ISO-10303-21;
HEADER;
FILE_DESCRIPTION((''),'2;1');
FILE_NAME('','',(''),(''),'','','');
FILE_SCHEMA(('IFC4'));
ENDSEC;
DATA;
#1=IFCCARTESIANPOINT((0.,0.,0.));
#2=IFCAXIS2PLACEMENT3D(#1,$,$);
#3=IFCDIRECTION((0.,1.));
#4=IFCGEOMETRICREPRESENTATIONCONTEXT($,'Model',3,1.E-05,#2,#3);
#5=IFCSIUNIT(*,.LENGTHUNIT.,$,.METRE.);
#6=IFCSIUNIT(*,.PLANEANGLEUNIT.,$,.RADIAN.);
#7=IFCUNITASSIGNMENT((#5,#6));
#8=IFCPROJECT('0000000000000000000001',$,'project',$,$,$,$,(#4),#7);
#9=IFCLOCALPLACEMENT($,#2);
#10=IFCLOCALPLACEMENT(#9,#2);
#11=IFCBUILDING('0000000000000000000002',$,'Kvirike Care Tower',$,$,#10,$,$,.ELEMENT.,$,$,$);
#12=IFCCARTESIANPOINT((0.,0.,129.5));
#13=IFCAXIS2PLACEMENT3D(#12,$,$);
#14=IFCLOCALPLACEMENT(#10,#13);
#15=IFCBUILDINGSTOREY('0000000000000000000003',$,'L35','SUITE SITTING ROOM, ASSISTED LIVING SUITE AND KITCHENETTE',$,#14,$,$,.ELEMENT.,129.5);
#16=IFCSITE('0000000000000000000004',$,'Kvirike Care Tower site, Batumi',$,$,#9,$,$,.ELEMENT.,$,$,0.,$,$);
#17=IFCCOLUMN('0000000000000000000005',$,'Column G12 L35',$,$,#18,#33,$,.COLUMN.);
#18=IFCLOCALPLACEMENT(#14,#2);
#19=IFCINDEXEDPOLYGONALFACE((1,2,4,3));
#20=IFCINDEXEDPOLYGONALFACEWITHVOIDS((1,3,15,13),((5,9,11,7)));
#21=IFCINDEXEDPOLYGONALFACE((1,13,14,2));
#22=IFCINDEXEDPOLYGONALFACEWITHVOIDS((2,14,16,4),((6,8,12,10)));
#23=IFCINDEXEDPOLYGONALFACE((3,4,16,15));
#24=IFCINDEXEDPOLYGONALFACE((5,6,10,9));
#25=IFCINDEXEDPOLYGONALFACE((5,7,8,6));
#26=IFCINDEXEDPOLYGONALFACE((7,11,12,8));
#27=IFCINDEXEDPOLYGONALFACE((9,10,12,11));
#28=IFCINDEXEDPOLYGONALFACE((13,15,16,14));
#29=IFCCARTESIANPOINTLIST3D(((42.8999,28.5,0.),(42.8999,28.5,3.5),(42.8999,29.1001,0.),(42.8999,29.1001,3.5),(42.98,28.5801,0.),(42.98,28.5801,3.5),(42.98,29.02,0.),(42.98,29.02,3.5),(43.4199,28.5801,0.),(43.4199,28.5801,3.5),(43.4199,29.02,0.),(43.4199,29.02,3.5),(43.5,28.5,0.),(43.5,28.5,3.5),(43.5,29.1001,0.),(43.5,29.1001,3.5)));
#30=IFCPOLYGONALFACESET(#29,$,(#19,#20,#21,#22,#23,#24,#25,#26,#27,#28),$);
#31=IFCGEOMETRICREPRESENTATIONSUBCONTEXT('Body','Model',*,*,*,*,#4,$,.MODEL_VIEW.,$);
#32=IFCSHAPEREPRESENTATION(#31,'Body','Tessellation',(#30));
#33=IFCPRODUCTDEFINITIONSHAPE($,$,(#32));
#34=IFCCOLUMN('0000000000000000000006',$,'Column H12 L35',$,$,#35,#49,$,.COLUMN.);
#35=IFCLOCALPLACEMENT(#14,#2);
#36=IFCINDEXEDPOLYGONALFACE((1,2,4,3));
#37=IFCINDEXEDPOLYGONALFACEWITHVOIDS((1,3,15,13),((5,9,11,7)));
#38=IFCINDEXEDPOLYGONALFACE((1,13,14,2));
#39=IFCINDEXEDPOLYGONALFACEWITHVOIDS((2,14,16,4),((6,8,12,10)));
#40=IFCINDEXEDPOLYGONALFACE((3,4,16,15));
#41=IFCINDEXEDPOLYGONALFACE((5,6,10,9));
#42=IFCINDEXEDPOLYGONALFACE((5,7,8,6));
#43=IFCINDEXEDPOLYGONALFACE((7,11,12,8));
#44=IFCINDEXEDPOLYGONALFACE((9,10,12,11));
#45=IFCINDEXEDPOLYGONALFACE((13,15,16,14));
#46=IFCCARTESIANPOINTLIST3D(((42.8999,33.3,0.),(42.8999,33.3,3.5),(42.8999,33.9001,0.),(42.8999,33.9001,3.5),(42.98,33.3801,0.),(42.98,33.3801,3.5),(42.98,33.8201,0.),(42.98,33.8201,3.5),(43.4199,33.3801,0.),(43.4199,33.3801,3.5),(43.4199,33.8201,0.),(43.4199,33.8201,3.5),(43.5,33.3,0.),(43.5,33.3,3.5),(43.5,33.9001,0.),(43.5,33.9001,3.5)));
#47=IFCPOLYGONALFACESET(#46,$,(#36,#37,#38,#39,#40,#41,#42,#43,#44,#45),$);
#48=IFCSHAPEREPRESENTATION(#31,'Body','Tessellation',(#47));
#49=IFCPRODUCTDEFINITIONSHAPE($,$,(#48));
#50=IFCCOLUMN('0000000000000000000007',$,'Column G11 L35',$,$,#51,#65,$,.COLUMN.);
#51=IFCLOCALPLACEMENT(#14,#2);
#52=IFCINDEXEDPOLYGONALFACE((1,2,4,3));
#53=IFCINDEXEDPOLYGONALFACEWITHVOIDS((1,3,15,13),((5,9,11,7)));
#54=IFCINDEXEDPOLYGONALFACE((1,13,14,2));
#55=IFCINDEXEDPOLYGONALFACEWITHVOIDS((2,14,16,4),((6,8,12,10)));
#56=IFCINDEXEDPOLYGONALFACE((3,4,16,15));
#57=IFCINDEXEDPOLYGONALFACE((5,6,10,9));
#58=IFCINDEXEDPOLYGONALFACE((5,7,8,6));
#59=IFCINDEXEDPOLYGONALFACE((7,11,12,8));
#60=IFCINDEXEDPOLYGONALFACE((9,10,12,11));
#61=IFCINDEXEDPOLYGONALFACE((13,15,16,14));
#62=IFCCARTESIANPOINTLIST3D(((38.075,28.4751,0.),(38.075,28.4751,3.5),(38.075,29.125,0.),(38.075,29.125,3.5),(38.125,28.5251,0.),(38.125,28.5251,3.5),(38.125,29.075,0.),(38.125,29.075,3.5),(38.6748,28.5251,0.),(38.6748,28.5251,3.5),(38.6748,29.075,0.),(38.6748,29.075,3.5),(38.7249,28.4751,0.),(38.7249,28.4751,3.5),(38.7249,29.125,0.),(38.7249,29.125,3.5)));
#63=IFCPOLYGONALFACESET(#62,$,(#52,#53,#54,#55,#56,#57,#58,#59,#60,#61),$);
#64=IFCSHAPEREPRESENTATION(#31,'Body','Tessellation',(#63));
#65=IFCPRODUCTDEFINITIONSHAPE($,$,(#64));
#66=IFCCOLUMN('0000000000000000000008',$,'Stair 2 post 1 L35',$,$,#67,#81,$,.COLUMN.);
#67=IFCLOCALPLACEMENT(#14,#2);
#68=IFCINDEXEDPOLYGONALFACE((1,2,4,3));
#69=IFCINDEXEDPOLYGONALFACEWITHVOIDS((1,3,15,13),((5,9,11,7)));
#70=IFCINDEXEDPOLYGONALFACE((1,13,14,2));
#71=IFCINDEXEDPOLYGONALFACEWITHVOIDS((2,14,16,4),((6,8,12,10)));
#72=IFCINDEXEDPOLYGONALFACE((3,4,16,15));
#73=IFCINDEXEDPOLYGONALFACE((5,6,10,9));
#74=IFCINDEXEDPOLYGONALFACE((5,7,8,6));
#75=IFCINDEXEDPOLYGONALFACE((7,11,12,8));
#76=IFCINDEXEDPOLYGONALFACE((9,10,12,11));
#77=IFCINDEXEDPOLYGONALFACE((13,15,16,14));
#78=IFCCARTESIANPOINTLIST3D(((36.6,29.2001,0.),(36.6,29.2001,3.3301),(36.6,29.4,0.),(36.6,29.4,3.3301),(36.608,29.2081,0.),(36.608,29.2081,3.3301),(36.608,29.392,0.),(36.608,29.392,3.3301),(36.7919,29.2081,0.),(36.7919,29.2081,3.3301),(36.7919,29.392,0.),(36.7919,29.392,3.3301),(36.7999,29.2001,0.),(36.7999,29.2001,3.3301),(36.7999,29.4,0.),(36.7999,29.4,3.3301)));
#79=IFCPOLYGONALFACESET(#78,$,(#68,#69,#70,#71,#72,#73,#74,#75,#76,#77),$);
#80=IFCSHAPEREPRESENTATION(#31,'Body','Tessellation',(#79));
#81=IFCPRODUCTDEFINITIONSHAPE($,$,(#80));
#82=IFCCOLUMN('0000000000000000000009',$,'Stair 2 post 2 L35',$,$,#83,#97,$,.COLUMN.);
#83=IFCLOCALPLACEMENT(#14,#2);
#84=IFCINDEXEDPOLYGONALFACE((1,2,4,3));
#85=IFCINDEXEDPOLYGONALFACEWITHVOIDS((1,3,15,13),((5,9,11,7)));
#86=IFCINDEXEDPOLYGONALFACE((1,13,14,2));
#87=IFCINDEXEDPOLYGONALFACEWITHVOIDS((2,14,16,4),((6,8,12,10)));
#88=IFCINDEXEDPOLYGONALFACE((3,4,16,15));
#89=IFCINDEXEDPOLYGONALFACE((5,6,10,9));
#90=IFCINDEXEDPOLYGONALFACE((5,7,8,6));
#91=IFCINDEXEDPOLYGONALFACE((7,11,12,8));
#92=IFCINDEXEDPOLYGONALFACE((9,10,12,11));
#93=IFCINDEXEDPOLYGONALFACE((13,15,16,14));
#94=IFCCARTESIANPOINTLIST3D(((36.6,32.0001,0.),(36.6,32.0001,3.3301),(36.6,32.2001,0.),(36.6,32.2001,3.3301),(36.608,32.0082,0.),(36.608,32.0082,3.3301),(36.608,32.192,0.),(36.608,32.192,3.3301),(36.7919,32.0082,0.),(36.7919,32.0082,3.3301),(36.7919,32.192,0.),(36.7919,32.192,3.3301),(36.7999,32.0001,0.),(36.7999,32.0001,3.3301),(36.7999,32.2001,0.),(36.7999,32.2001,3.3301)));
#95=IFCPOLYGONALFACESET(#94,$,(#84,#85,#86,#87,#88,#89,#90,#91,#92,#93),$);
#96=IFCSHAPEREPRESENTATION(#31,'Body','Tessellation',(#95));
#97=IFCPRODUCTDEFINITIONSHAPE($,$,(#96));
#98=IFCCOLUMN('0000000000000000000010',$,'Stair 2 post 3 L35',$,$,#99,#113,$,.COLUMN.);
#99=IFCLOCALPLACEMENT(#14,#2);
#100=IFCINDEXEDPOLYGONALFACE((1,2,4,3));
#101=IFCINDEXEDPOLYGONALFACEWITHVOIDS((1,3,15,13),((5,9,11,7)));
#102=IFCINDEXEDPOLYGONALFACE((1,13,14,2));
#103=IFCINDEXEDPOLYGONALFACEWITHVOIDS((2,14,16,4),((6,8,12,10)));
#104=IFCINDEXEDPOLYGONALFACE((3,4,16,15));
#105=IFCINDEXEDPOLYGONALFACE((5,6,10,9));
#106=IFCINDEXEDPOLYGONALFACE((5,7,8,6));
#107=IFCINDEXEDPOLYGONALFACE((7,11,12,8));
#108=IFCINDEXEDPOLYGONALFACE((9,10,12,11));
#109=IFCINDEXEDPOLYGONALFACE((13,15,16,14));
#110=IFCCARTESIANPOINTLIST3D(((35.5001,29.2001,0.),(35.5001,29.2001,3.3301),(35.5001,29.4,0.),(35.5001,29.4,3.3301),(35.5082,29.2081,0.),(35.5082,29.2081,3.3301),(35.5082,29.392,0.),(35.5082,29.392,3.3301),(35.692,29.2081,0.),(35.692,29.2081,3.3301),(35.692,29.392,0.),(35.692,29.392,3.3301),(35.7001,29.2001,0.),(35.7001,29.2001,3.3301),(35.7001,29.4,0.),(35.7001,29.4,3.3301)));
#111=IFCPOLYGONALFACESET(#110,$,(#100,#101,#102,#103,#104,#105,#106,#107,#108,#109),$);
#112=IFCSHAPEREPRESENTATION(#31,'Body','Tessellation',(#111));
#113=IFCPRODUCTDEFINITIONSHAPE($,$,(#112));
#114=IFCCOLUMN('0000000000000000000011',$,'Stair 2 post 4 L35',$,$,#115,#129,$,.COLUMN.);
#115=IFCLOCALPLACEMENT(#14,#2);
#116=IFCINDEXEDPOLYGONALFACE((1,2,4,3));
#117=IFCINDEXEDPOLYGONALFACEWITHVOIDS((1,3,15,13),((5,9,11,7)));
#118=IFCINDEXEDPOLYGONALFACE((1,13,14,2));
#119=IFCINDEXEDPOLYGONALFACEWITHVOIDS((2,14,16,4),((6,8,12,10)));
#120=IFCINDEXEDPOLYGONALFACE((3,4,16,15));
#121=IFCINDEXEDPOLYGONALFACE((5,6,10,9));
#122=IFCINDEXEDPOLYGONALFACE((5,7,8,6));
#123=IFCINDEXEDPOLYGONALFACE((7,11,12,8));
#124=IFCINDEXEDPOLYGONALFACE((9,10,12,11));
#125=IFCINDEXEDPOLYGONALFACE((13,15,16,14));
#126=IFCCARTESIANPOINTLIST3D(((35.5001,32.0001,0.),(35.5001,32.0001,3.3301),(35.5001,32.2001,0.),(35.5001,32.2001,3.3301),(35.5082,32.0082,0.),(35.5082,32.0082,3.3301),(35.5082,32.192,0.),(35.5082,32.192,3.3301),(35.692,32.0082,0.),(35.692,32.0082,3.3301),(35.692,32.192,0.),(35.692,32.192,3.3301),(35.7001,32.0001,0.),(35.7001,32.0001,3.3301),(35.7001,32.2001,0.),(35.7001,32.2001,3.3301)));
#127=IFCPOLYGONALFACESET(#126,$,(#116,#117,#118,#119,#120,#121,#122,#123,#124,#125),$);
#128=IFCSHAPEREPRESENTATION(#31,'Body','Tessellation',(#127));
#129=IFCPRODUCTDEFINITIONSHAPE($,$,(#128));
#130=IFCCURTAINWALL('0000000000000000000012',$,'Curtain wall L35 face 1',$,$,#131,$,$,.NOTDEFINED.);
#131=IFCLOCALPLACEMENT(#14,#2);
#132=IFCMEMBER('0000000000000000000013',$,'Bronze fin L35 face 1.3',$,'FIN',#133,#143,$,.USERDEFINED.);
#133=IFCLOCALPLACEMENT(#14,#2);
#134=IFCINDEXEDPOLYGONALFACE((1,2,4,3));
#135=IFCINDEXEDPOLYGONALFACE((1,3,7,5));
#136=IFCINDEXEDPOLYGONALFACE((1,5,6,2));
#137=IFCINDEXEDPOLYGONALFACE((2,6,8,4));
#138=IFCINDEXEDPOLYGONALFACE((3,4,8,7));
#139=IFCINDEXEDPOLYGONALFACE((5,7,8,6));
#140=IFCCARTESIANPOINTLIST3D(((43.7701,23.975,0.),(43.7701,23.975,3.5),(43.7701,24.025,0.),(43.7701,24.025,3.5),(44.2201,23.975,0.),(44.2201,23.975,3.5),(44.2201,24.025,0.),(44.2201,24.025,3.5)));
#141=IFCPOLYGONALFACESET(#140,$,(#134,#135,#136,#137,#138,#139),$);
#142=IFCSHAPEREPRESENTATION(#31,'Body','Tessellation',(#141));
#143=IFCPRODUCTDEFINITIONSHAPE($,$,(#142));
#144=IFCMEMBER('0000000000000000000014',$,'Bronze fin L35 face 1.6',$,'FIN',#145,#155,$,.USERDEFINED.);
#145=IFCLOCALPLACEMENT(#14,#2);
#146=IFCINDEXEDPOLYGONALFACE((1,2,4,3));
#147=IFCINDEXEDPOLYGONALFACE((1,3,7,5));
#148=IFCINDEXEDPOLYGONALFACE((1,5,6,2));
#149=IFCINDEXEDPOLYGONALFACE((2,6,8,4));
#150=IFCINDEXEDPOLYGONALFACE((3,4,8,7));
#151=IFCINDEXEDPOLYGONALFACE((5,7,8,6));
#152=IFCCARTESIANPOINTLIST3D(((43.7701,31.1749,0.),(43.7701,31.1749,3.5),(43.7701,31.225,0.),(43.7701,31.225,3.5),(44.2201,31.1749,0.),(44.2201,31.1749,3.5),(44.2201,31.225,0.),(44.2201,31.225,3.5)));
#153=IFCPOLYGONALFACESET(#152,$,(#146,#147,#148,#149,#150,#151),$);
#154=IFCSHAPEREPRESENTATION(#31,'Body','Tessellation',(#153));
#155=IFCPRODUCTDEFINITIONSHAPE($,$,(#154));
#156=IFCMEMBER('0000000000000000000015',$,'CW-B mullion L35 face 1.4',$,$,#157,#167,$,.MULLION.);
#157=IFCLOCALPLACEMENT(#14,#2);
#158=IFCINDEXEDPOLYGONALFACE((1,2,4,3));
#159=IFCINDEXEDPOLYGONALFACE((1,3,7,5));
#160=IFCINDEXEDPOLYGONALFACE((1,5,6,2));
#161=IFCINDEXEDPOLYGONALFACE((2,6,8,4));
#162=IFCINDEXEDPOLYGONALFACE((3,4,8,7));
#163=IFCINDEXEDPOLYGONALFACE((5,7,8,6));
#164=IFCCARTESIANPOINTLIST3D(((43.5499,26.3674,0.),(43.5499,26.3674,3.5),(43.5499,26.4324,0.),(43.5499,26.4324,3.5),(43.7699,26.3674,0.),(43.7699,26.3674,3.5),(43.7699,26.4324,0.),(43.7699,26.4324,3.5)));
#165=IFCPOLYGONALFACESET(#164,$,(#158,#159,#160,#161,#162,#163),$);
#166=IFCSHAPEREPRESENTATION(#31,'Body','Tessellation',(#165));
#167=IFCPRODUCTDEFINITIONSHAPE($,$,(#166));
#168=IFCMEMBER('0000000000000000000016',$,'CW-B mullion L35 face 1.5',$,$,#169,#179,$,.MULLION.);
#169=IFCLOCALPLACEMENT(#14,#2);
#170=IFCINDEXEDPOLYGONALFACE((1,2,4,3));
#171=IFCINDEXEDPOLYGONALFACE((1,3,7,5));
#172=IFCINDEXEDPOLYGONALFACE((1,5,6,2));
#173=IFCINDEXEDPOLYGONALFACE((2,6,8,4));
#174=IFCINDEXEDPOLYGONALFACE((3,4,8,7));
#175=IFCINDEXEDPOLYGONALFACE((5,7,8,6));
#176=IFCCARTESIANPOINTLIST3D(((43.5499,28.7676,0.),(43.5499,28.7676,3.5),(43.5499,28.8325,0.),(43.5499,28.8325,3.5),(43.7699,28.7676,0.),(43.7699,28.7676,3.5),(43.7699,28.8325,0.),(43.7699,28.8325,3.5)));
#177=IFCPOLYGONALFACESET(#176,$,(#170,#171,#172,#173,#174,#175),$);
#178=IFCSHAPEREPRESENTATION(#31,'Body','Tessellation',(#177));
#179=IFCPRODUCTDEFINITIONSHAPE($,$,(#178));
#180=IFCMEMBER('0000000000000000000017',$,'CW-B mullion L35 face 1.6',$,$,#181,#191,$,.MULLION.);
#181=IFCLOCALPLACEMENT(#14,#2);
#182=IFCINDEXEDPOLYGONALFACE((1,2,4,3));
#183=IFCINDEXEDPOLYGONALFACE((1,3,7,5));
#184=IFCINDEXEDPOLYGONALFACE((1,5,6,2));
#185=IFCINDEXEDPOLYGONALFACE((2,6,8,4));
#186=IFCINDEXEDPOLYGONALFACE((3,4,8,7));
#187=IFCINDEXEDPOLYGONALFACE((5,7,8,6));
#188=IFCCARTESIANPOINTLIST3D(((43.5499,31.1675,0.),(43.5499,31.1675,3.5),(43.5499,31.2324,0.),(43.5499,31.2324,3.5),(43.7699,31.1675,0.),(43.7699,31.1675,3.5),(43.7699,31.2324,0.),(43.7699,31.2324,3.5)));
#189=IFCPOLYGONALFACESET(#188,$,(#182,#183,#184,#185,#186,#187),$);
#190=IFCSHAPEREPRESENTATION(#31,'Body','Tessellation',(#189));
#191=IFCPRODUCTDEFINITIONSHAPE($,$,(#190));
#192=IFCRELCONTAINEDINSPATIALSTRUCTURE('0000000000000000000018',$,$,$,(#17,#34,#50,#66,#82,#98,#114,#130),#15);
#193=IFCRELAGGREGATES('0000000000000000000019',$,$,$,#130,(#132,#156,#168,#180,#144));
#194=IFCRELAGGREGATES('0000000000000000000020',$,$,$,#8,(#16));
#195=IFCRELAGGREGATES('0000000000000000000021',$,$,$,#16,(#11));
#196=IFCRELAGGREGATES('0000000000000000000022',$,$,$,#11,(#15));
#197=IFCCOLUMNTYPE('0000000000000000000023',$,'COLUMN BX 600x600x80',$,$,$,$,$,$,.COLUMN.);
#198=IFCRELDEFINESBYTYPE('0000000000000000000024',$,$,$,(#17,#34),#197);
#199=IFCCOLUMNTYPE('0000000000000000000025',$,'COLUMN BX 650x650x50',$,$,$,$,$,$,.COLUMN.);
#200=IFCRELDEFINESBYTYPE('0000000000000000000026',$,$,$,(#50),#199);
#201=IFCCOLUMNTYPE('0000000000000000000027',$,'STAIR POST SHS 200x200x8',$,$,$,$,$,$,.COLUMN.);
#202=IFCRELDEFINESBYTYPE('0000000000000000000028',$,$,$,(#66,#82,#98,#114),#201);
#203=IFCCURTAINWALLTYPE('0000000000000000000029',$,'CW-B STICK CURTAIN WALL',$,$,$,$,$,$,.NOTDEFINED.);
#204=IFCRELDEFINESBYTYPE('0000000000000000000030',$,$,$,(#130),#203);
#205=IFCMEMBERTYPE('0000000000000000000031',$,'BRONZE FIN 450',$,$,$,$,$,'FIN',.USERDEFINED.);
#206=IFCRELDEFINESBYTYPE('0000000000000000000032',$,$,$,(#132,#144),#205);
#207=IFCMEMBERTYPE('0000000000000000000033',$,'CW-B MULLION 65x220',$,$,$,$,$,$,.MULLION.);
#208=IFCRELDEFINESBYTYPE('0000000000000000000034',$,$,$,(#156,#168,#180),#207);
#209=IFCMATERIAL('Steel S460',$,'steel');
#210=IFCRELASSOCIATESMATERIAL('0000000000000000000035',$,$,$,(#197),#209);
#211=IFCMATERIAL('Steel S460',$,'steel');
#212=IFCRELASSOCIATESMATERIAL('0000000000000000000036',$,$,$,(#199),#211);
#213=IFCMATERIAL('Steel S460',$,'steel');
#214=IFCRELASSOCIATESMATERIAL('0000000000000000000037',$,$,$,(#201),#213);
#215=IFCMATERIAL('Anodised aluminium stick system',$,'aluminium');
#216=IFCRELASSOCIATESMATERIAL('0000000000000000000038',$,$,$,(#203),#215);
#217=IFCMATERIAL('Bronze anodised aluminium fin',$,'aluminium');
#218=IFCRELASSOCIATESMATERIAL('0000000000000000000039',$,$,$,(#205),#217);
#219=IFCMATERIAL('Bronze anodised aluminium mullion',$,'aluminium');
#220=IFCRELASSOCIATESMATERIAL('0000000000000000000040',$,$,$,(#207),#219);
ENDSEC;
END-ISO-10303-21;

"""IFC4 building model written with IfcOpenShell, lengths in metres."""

from ifc_helpers import new_model, si_unit, direction, frame, origin, origin_2d, place, context, subcontext, project, spatial, rectangle, hollow_rectangle, extrude, material, material_profile, profile_set, type_object, element, aggregate, save


model = new_model("IFC4")

# Units and contexts
model_context = context("Model", 3, precision=1e-05, world=origin(), true_north=direction((0.0, 1.0)))
body_context = subcontext(model_context, "Body", "Model", "MODEL_VIEW")
ifc_project = project(units=[si_unit("LENGTHUNIT", "METRE"), si_unit("PLANEANGLEUNIT", "RADIAN")], contexts=[model_context])

# Site, building, storey
site_placement = place(None, origin())
site = spatial("IfcSite", under=ifc_project, at=site_placement, Name="Kvirike Care Tower site, Batumi", CompositionType="ELEMENT", RefElevation=0.0)
building_placement = place(site_placement, origin())
building = spatial("IfcBuilding", under=site, at=building_placement, Name="Kvirike Care Tower", CompositionType="ELEMENT")
storey_placement = place(building_placement, frame((0.0, 0.0, 129.5)))
storey = spatial("IfcBuildingStorey", under=building, at=storey_placement, Name="L35", Description="SUITE SITTING ROOM, ASSISTED LIVING SUITE AND KITCHENETTE", CompositionType="ELEMENT", Elevation=129.5)

# Columns
ifc_material_1 = material(Name="Steel S460", Category="steel")
ifc_material_profile_1 = material_profile(ifc_material_1, hollow_rectangle(XDim=0.6001, YDim=0.6001, WallThickness=0.0801, at=origin_2d()), Name="BX 600x600x80")
ifc_profile_set_1 = profile_set([ifc_material_profile_1], Name="Steel S460")
column_type_1 = type_object("IfcColumnType", Name="COLUMN BX 600x600x80", PredefinedType="COLUMN", material=ifc_profile_set_1)
for number, where, z_axis, x_axis, name in (
    (1, (43.2, 28.8, 0.0), (0.0, 0.0, 1.0), (0.0, 1.0, 0.0), "Column G12 L35"),
    (2, (43.2, 33.6001, 0.0), (0.0, 0.0, 1.0), (1.0, 0.0, 0.0), "Column H12 L35"),
):
    element("IfcColumn", number, at=place(storey_placement, frame(where, z_axis=z_axis, x_axis=x_axis)), inside=storey, type_object=column_type_1, Name=name, PredefinedType="COLUMN", context=body_context, shape_type="SweptSolid", body=[
        extrude(hollow_rectangle(XDim=0.6001, YDim=0.6001, WallThickness=0.0801, at=origin_2d()), origin(), (0.0, 0.0, 1.0), 3.5),
    ])
ifc_material_2 = material(Name="Steel S460", Category="steel")
ifc_material_profile_2 = material_profile(ifc_material_2, hollow_rectangle(XDim=0.6499, YDim=0.6499, WallThickness=0.05, at=origin_2d()), Name="BX 650x650x50")
ifc_profile_set_2 = profile_set([ifc_material_profile_2], Name="Steel S460")
column_type_2 = type_object("IfcColumnType", Name="COLUMN BX 650x650x50", PredefinedType="COLUMN", material=ifc_profile_set_2)
column_placement = place(storey_placement, frame((38.3999, 28.8, 0.0), z_axis=(0.0, 0.0, 1.0), x_axis=(0.0, 1.0, 0.0)))
element("IfcColumn", 3, at=column_placement, inside=storey, type_object=column_type_2, Name="Column G11 L35", PredefinedType="COLUMN", context=body_context, shape_type="SweptSolid", body=[
    extrude(hollow_rectangle(XDim=0.6499, YDim=0.6499, WallThickness=0.05, at=origin_2d()), origin(), (0.0, 0.0, 1.0), 3.5),
])
ifc_material_3 = material(Name="Steel S460", Category="steel")
ifc_material_profile_3 = material_profile(ifc_material_3, hollow_rectangle(XDim=0.2, YDim=0.2, WallThickness=0.0081, at=origin_2d()), Name="SHS 200x200x8")
ifc_profile_set_3 = profile_set([ifc_material_profile_3], Name="Steel S460")
column_type_3 = type_object("IfcColumnType", Name="STAIR POST SHS 200x200x8", PredefinedType="COLUMN", material=ifc_profile_set_3)
for number, where, z_axis, x_axis, name in (
    (4, (36.7, 29.3, 0.0), (0.0, 0.0, 1.0), (1.0, 0.0, 0.0), "Stair 2 post 1 L35"),
    (5, (36.7, 32.1001, 0.0), (0.0, 0.0, 1.0), (1.0, 0.0, 0.0), "Stair 2 post 2 L35"),
    (6, (35.6001, 29.3, 0.0), (0.0, 0.0, 1.0), (1.0, 0.0, 0.0), "Stair 2 post 3 L35"),
    (7, (35.6001, 32.1001, 0.0), (0.0, 0.0, 1.0), (1.0, 0.0, 0.0), "Stair 2 post 4 L35"),
):
    element("IfcColumn", number, at=place(storey_placement, frame(where, z_axis=z_axis, x_axis=x_axis)), inside=storey, type_object=column_type_3, Name=name, PredefinedType="COLUMN", context=body_context, shape_type="SweptSolid", body=[
        extrude(hollow_rectangle(XDim=0.2, YDim=0.2, WallThickness=0.0081, at=origin_2d()), origin(), (0.0, 0.0, 1.0), 3.3301),
    ])

# Curtain wall, members
ifc_material_4 = material(Name="Anodised aluminium stick system", Category="aluminium")
curtain_wall_type = type_object("IfcCurtainWallType", Name="CW-B STICK CURTAIN WALL", PredefinedType="NOTDEFINED", material=ifc_material_4)
curtain_wall_placement = place(storey_placement, origin())
curtain_wall = element("IfcCurtainWall", 8, at=curtain_wall_placement, inside=storey, type_object=curtain_wall_type, Name="Curtain wall L35 face 1", PredefinedType="NOTDEFINED")
ifc_material_5 = material(Name="Bronze anodised aluminium fin", Category="aluminium")
ifc_material_profile_4 = material_profile(ifc_material_5, rectangle(XDim=0.05, YDim=0.45, at=origin_2d()), Name="BRONZE FIN 450")
ifc_profile_set_4 = profile_set([ifc_material_profile_4], Name="Bronze anodised aluminium fin")
member_type_1 = type_object("IfcMemberType", Name="BRONZE FIN 450", ElementType="FIN", PredefinedType="USERDEFINED", material=ifc_profile_set_4)
member_1_placement = place(storey_placement, frame((43.9951, 24.0, 0.0), z_axis=(0.0, 0.0, 1.0), x_axis=(0.0, 1.0, 0.0)))
member_1 = element("IfcMember", 9, at=member_1_placement, type_object=member_type_1, Name="Bronze fin L35 face 1.3", ObjectType="FIN", PredefinedType="USERDEFINED", context=body_context, shape_type="SweptSolid", body=[
    extrude(rectangle(XDim=0.05, YDim=0.45, at=origin_2d()), origin(), (0.0, 0.0, 1.0), 3.5),
])
member_2_placement = place(storey_placement, frame((43.9951, 31.2, 0.0), z_axis=(0.0, 0.0, 1.0), x_axis=(0.0, 1.0, 0.0)))
member_2 = element("IfcMember", 10, at=member_2_placement, type_object=member_type_1, Name="Bronze fin L35 face 1.6", ObjectType="FIN", PredefinedType="USERDEFINED", context=body_context, shape_type="SweptSolid", body=[
    extrude(rectangle(XDim=0.05, YDim=0.45, at=origin_2d()), origin(), (0.0, 0.0, 1.0), 3.5),
])
ifc_material_6 = material(Name="Bronze anodised aluminium mullion", Category="aluminium")
ifc_material_profile_5 = material_profile(ifc_material_6, rectangle(XDim=0.0649, YDim=0.22, at=origin_2d()), Name="CW-B MULLION 65x220")
ifc_profile_set_5 = profile_set([ifc_material_profile_5], Name="Bronze anodised aluminium mullion")
member_type_2 = type_object("IfcMemberType", Name="CW-B MULLION 65x220", PredefinedType="MULLION", material=ifc_profile_set_5)
member_3_placement = place(storey_placement, frame((43.6599, 26.3999, 0.0), z_axis=(0.0, 0.0, 1.0), x_axis=(0.0, 1.0, 0.0)))
member_3 = element("IfcMember", 11, at=member_3_placement, type_object=member_type_2, Name="CW-B mullion L35 face 1.4", PredefinedType="MULLION", context=body_context, shape_type="SweptSolid", body=[
    extrude(rectangle(XDim=0.0649, YDim=0.22, at=origin_2d()), origin(), (0.0, 0.0, 1.0), 3.5),
])
member_4_placement = place(storey_placement, frame((43.6599, 28.8, 0.0), z_axis=(0.0, 0.0, 1.0), x_axis=(0.0, 1.0, 0.0)))
member_4 = element("IfcMember", 12, at=member_4_placement, type_object=member_type_2, Name="CW-B mullion L35 face 1.5", PredefinedType="MULLION", context=body_context, shape_type="SweptSolid", body=[
    extrude(rectangle(XDim=0.0649, YDim=0.22, at=origin_2d()), origin(), (0.0, 0.0, 1.0), 3.5),
])
member_5_placement = place(storey_placement, frame((43.6599, 31.2, 0.0), z_axis=(0.0, 0.0, 1.0), x_axis=(0.0, 1.0, 0.0)))
member_5 = element("IfcMember", 13, at=member_5_placement, type_object=member_type_2, Name="CW-B mullion L35 face 1.6", PredefinedType="MULLION", context=body_context, shape_type="SweptSolid", body=[
    extrude(rectangle(XDim=0.0649, YDim=0.22, at=origin_2d()), origin(), (0.0, 0.0, 1.0), 3.5),
])

aggregate(curtain_wall, [member_1, member_3, member_4, member_5, member_2])

save(model, "model.ifc")
